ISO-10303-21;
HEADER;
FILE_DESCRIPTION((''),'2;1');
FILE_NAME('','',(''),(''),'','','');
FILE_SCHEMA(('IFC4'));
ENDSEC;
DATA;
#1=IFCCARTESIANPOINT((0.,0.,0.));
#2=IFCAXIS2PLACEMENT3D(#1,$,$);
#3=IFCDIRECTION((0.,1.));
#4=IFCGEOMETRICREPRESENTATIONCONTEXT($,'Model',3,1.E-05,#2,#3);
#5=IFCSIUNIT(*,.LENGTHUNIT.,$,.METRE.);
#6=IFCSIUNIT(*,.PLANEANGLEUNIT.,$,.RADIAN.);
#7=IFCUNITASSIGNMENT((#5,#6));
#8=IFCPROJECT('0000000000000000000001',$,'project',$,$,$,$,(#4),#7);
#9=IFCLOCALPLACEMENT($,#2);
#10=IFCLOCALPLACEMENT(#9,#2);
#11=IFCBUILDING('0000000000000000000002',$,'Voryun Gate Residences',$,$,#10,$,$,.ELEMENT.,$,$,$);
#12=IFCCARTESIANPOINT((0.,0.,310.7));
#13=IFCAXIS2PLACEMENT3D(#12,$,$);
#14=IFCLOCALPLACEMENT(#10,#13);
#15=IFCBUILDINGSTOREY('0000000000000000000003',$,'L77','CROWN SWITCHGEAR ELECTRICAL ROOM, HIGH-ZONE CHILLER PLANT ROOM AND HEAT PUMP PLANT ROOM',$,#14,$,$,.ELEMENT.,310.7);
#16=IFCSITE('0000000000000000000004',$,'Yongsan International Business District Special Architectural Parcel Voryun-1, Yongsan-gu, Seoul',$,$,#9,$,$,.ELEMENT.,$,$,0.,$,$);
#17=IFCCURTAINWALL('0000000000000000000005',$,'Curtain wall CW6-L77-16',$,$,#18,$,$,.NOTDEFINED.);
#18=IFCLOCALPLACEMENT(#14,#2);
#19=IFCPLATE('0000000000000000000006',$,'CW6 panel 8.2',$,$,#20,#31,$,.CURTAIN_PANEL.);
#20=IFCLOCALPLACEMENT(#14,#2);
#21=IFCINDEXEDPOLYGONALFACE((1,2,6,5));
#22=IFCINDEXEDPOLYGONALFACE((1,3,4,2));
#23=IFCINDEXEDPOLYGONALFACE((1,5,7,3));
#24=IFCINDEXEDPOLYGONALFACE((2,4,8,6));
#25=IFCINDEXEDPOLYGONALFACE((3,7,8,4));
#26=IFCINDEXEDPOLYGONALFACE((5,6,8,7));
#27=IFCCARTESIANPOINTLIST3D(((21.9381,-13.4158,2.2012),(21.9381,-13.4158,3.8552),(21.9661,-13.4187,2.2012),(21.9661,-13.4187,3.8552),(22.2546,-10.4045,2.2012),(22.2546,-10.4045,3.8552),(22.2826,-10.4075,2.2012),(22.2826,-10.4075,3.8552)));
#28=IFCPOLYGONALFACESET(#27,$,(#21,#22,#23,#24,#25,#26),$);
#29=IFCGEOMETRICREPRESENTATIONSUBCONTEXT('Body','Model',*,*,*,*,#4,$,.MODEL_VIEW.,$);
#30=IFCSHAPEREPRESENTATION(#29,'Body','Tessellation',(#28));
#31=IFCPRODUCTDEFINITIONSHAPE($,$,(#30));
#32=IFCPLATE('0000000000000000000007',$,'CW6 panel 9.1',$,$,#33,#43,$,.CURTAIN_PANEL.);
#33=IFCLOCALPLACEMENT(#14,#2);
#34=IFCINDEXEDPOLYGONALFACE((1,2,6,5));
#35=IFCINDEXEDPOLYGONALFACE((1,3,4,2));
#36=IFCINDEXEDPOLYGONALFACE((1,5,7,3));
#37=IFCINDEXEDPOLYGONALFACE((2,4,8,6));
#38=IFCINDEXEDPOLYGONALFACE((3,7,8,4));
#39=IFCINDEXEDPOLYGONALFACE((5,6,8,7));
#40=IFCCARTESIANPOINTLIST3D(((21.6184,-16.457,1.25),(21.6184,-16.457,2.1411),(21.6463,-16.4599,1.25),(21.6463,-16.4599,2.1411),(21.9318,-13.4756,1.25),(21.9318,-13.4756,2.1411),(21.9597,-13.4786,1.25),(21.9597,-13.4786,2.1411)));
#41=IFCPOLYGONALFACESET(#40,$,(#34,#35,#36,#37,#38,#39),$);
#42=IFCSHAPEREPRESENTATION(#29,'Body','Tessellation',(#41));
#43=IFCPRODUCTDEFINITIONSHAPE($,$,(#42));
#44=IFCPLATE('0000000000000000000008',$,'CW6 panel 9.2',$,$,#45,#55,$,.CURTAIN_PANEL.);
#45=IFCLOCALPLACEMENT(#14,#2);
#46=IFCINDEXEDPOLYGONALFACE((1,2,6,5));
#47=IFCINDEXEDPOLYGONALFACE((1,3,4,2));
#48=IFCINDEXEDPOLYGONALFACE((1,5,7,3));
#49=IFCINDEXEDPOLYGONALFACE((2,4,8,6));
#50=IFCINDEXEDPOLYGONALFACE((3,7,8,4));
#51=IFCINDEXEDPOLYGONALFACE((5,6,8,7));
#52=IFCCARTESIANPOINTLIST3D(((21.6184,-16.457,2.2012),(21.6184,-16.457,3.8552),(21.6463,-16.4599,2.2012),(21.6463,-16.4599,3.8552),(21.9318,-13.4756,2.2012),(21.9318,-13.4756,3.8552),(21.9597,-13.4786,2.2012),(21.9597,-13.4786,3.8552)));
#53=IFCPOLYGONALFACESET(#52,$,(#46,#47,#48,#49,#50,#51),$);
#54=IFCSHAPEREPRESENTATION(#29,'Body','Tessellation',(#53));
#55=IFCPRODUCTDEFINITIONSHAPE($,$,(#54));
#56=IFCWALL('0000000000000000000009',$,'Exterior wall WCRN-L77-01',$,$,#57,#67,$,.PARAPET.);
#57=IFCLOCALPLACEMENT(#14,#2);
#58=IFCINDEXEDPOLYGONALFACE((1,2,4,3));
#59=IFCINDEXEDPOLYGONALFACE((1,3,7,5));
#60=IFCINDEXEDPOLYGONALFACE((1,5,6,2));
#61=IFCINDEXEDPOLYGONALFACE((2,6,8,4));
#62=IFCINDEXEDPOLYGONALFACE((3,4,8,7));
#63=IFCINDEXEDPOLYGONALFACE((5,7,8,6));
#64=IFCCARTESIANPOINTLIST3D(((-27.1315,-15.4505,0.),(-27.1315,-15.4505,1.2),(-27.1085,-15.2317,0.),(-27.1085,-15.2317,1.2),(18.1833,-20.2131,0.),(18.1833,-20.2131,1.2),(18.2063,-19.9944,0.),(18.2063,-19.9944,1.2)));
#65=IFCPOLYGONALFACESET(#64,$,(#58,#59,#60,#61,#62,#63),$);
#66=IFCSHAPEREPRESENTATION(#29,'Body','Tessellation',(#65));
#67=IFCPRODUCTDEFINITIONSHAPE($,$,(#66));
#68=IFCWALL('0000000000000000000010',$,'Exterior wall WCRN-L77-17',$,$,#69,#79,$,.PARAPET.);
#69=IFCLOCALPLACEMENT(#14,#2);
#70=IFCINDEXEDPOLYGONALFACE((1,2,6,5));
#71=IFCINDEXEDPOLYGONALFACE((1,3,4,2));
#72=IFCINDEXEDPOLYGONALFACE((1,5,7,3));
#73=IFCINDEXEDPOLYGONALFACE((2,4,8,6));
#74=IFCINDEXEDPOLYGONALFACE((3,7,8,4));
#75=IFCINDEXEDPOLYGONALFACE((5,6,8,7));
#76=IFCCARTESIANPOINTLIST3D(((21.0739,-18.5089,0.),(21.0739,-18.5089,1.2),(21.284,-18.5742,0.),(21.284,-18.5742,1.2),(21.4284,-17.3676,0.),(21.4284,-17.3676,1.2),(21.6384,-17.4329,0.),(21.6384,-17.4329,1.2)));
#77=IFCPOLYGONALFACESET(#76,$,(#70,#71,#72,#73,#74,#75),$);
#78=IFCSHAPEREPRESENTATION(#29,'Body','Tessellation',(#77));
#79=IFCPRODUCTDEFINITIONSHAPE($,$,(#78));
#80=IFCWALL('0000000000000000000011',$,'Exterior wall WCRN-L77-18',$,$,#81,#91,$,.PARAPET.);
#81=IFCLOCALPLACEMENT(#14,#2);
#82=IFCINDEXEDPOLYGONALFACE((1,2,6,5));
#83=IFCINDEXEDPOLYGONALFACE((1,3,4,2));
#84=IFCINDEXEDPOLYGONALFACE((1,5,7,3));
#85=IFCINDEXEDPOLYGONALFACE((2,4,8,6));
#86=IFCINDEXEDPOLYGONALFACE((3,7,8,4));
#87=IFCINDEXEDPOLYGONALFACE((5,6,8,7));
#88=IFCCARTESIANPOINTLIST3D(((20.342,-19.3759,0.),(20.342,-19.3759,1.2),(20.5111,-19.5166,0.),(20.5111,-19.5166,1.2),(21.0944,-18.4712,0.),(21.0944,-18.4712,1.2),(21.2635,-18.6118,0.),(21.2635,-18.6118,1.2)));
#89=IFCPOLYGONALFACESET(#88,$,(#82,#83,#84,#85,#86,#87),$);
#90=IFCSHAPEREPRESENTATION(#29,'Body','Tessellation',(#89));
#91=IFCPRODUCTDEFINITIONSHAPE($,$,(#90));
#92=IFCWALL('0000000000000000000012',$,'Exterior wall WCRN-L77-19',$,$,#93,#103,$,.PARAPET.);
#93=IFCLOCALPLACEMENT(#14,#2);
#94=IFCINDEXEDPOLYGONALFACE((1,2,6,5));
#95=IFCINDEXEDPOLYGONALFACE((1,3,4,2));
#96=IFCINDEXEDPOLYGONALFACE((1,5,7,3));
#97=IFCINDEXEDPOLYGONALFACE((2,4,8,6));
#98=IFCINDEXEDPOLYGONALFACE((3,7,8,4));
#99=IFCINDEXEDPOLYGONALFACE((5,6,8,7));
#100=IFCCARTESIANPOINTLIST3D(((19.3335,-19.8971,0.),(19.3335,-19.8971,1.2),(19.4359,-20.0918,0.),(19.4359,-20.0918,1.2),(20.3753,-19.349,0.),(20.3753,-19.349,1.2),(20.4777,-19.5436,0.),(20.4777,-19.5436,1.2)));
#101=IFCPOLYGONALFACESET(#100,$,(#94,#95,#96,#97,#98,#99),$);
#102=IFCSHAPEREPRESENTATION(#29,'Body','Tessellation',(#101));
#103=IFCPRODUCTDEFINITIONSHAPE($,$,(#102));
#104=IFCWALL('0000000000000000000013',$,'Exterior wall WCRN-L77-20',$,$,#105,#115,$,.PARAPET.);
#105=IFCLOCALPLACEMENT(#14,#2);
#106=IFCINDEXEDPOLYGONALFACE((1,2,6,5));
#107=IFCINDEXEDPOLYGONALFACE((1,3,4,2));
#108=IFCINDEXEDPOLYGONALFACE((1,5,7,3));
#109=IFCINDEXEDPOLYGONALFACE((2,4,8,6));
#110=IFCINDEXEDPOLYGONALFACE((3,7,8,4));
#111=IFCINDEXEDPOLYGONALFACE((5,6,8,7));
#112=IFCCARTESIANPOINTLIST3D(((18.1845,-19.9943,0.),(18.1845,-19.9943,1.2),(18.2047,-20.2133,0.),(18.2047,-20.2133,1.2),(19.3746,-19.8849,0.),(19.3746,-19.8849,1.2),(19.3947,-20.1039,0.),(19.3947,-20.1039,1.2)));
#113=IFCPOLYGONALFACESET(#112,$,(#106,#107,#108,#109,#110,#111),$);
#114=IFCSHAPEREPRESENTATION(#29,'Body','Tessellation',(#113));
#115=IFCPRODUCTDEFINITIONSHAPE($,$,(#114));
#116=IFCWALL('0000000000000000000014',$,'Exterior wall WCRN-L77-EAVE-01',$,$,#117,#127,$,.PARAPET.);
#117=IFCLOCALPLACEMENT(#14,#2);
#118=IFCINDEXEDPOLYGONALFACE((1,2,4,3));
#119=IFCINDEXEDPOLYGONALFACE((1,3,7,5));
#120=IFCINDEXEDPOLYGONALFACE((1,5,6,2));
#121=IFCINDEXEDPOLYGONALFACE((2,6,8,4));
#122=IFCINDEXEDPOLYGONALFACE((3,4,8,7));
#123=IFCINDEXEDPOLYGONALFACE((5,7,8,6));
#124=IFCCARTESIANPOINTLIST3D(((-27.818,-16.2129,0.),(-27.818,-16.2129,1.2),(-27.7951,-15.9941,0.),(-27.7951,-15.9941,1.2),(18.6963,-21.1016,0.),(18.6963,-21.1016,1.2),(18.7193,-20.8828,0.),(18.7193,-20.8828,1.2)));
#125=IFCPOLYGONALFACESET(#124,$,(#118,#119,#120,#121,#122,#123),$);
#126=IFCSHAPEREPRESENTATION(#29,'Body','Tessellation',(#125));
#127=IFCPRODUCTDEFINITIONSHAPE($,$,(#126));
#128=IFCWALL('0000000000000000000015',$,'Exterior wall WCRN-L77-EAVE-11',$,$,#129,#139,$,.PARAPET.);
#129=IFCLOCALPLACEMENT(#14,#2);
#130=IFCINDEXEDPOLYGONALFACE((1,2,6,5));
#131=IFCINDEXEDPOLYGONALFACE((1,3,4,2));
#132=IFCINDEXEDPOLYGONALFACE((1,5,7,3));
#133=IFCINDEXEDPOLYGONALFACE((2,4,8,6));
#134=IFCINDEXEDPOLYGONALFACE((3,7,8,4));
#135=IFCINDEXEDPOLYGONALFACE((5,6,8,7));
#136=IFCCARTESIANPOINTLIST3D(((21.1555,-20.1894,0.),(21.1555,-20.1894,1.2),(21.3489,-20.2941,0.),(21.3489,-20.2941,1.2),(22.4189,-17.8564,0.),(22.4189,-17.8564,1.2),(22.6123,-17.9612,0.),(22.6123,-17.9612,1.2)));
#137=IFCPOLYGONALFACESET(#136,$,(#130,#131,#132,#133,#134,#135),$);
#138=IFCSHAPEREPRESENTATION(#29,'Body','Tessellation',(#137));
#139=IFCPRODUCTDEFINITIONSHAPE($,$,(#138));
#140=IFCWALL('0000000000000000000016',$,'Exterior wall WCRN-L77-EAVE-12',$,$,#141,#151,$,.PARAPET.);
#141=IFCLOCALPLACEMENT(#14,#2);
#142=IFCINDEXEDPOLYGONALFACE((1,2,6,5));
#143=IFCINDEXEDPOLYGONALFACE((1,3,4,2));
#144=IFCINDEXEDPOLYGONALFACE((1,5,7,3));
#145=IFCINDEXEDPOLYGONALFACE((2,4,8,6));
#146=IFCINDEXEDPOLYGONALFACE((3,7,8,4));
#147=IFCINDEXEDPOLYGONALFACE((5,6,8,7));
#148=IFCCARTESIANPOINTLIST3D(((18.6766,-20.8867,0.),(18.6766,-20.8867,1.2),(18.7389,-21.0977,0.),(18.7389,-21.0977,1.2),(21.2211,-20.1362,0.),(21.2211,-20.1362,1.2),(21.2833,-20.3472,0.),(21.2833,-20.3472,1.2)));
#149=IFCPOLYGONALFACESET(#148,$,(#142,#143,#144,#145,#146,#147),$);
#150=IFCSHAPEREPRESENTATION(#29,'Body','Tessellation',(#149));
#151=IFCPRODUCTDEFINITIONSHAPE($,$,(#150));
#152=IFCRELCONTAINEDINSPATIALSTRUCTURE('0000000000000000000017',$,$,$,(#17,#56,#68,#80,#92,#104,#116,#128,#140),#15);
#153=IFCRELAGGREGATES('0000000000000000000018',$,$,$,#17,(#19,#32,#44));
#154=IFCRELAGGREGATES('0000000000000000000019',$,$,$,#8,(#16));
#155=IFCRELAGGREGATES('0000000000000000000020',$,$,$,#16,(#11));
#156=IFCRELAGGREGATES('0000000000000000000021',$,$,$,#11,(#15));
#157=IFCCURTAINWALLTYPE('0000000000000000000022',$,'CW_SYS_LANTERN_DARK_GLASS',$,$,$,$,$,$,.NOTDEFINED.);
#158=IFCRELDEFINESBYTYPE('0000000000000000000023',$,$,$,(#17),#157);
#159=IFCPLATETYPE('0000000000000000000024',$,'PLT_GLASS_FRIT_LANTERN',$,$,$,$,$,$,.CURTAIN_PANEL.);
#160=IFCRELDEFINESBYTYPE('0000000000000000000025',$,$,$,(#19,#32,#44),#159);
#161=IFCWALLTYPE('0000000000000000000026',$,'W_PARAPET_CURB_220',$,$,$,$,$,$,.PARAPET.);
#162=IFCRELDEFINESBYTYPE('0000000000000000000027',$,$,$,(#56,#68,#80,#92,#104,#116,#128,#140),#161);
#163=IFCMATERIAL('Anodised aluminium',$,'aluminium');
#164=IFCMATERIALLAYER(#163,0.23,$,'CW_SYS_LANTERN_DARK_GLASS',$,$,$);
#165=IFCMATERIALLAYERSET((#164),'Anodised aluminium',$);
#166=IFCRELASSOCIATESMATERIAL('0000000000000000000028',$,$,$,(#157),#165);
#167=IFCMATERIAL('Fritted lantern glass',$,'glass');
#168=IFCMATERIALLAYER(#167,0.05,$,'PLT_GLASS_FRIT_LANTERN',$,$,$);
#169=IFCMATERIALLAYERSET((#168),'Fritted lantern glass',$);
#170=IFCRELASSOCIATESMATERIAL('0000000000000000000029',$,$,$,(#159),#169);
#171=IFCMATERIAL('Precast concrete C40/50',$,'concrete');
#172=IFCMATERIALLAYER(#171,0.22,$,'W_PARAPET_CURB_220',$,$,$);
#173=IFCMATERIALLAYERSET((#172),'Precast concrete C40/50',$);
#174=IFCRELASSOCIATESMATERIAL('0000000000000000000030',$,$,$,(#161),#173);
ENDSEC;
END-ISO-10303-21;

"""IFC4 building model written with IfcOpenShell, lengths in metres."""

from ifc_helpers import new_model, si_unit, direction, frame, frame_2d, origin, origin_2d, place, context, subcontext, project, spatial, rectangle, extrude, material, layer, layer_set, type_object, element, aggregate, save


model = new_model("IFC4")

# Units and contexts
model_context = context("Model", 3, precision=1e-05, world=origin(), true_north=direction((0.0, 1.0)))
body_context = subcontext(model_context, "Body", "Model", "MODEL_VIEW")
ifc_project = project(units=[si_unit("LENGTHUNIT", "METRE"), si_unit("PLANEANGLEUNIT", "RADIAN")], contexts=[model_context])

# Site, building, storey
site_placement = place(None, origin())
site = spatial("IfcSite", under=ifc_project, at=site_placement, Name="Yongsan International Business District Special Architectural Parcel Voryun-1, Yongsan-gu, Seoul", CompositionType="ELEMENT", RefElevation=0.0)
building_placement = place(site_placement, origin())
building = spatial("IfcBuilding", under=site, at=building_placement, Name="Voryun Gate Residences", CompositionType="ELEMENT")
storey_placement = place(building_placement, frame((0.0, 0.0, 310.7)))
storey = spatial("IfcBuildingStorey", under=building, at=storey_placement, Name="L77", Description="CROWN SWITCHGEAR ELECTRICAL ROOM, HIGH-ZONE CHILLER PLANT ROOM AND HEAT PUMP PLANT ROOM", CompositionType="ELEMENT", Elevation=310.7)

# Shared definitions
ifc_material_1 = material(Name="Anodised aluminium", Category="aluminium")
ifc_layer_1 = layer(ifc_material_1, 0.23, Name="CW_SYS_LANTERN_DARK_GLASS")
ifc_layer_set_1 = layer_set([ifc_layer_1], Name="Anodised aluminium")
curtain_wall_type = type_object("IfcCurtainWallType", Name="CW_SYS_LANTERN_DARK_GLASS", PredefinedType="NOTDEFINED", material=ifc_layer_set_1)

# Curtain wall
curtain_wall_1_placement = place(storey_placement, origin())
curtain_wall_1 = element("IfcCurtainWall", 1, at=curtain_wall_1_placement, inside=storey, type_object=curtain_wall_type, Name="Curtain wall CW6-L77-16", PredefinedType="NOTDEFINED")

# Plates
ifc_material_2 = material(Name="Fritted lantern glass", Category="glass")
ifc_layer_2 = layer(ifc_material_2, 0.05, Name="PLT_GLASS_FRIT_LANTERN")
ifc_layer_set_2 = layer_set([ifc_layer_2], Name="Fritted lantern glass")
plate_type_1 = type_object("IfcPlateType", Name="PLT_GLASS_FRIT_LANTERN", PredefinedType="CURTAIN_PANEL", material=ifc_layer_set_2)
plate_1_placement = place(storey_placement, frame((22.1104, -11.9116, 2.2012), z_axis=(0.0, 0.0, 1.0), x_axis=(-0.104528, -0.994522, 0.0)))
plate_1 = element("IfcPlate", 2, at=plate_1_placement, type_object=plate_type_1, Name="CW6 panel 8.2", PredefinedType="CURTAIN_PANEL", context=body_context, shape_type="SweptSolid", body=[
    extrude(rectangle(XDim=3.0278, YDim=0.0281, at=origin_2d()), origin(), (0.0, 0.0, 1.0), 1.6541),
])
plate_2_placement = place(storey_placement, frame((21.7891, -14.9678, 1.25), z_axis=(0.0, 0.0, 1.0), x_axis=(-0.104528, -0.994522, 0.0)))
plate_2 = element("IfcPlate", 3, at=plate_2_placement, type_object=plate_type_1, Name="CW6 panel 9.1", PredefinedType="CURTAIN_PANEL", context=body_context, shape_type="SweptSolid", body=[
    extrude(rectangle(XDim=2.9978, YDim=0.0281, at=origin_2d()), origin(), (0.0, 0.0, 1.0), 0.8911),
])
plate_3_placement = place(storey_placement, frame((21.7891, -14.9678, 2.2012), z_axis=(0.0, 0.0, 1.0), x_axis=(-0.104528, -0.994522, 0.0)))
plate_3 = element("IfcPlate", 4, at=plate_3_placement, type_object=plate_type_1, Name="CW6 panel 9.2", PredefinedType="CURTAIN_PANEL", context=body_context, shape_type="SweptSolid", body=[
    extrude(rectangle(XDim=2.9978, YDim=0.0281, at=origin_2d()), origin(), (0.0, 0.0, 1.0), 1.6541),
])
aggregate(curtain_wall_1, [plate_1, plate_2, plate_3])

# Walls
ifc_material_3 = material(Name="Precast concrete C40/50", Category="concrete")
ifc_layer_3 = layer(ifc_material_3, 0.22, Name="W_PARAPET_CURB_220")
ifc_layer_set_3 = layer_set([ifc_layer_3], Name="Precast concrete C40/50")
wall_type = type_object("IfcWallType", Name="W_PARAPET_CURB_220", PredefinedType="PARAPET", material=ifc_layer_set_3)
wall_1_placement = place(storey_placement, frame((18.1948, -20.1038, 0.0), z_axis=(0.0, 0.0, 1.0), x_axis=(-0.994522, 0.104526, 0.0)))
element("IfcWall", 5, at=wall_1_placement, inside=storey, type_object=wall_type, Name="Exterior wall WCRN-L77-01", PredefinedType="PARAPET", context=body_context, shape_type="SweptSolid", body=[
    extrude(rectangle(XDim=45.5645, YDim=0.22, at=frame_2d((22.7822, 0.0))), origin(), (0.0, 0.0, 1.0), 1.2),
])
wall_2_placement = place(storey_placement, frame((21.5334, -17.4001, 0.0), z_axis=(0.0, 0.0, 1.0), x_axis=(-0.296611, -0.954998, 0.0)))
element("IfcWall", 6, at=wall_2_placement, inside=storey, type_object=wall_type, Name="Exterior wall WCRN-L77-17", PredefinedType="PARAPET", context=body_context, shape_type="SweptSolid", body=[
    extrude(rectangle(XDim=1.1951, YDim=0.22, at=frame_2d((0.5977, 0.0))), origin(), (0.0, 0.0, 1.0), 1.2),
])
wall_3_placement = place(storey_placement, frame((21.179, -18.5415, 0.0), z_axis=(0.0, 0.0, 1.0), x_axis=(-0.639409, -0.768867, 0.0)))
element("IfcWall", 7, at=wall_3_placement, inside=storey, type_object=wall_type, Name="Exterior wall WCRN-L77-18", PredefinedType="PARAPET", context=body_context, shape_type="SweptSolid", body=[
    extrude(rectangle(XDim=1.1768, YDim=0.22, at=frame_2d((0.5884, 0.0))), origin(), (0.0, 0.0, 1.0), 1.2),
])
wall_4_placement = place(storey_placement, frame((20.4265, -19.4463, 0.0), z_axis=(0.0, 0.0, 1.0), x_axis=(-0.884986, -0.465618, 0.0)))
element("IfcWall", 8, at=wall_4_placement, inside=storey, type_object=wall_type, Name="Exterior wall WCRN-L77-19", PredefinedType="PARAPET", context=body_context, shape_type="SweptSolid", body=[
    extrude(rectangle(XDim=1.1772, YDim=0.22, at=frame_2d((0.5886, 0.0))), origin(), (0.0, 0.0, 1.0), 1.2),
])
wall_5_placement = place(storey_placement, frame((19.3848, -19.9944, 0.0), z_axis=(0.0, 0.0, 1.0), x_axis=(-0.995802, -0.09153, 0.0)))
element("IfcWall", 9, at=wall_5_placement, inside=storey, type_object=wall_type, Name="Exterior wall WCRN-L77-20", PredefinedType="PARAPET", context=body_context, shape_type="SweptSolid", body=[
    extrude(rectangle(XDim=1.1951, YDim=0.22, at=frame_2d((0.5977, 0.0))), origin(), (0.0, 0.0, 1.0), 1.2),
])
wall_6_placement = place(storey_placement, frame((18.7078, -20.9922, 0.0), z_axis=(0.0, 0.0, 1.0), x_axis=(-0.994522, 0.104524, 0.0)))
element("IfcWall", 10, at=wall_6_placement, inside=storey, type_object=wall_type, Name="Exterior wall WCRN-L77-EAVE-01", PredefinedType="PARAPET", context=body_context, shape_type="SweptSolid", body=[
    extrude(rectangle(XDim=46.7705, YDim=0.22, at=frame_2d((23.3853, 0.0))), origin(), (0.0, 0.0, 1.0), 1.2),
])
wall_7_placement = place(storey_placement, frame((22.5156, -17.9087, 0.0), z_axis=(0.0, 0.0, 1.0), x_axis=(-0.4762, -0.879337, 0.0)))
element("IfcWall", 11, at=wall_7_placement, inside=storey, type_object=wall_type, Name="Exterior wall WCRN-L77-EAVE-11", PredefinedType="PARAPET", context=body_context, shape_type="SweptSolid", body=[
    extrude(rectangle(XDim=2.6531, YDim=0.22, at=frame_2d((1.3267, 0.0))), origin(), (0.0, 0.0, 1.0), 1.2),
])
wall_8_placement = place(storey_placement, frame((21.2522, -20.2417, 0.0), z_axis=(0.0, 0.0, 1.0), x_axis=(-0.959148, -0.282904, 0.0)))
element("IfcWall", 12, at=wall_8_placement, inside=storey, type_object=wall_type, Name="Exterior wall WCRN-L77-EAVE-12", PredefinedType="PARAPET", context=body_context, shape_type="SweptSolid", body=[
    extrude(rectangle(XDim=2.6528, YDim=0.22, at=frame_2d((1.3264, 0.0))), origin(), (0.0, 0.0, 1.0), 1.2),
])

save(model, "model.ifc")
